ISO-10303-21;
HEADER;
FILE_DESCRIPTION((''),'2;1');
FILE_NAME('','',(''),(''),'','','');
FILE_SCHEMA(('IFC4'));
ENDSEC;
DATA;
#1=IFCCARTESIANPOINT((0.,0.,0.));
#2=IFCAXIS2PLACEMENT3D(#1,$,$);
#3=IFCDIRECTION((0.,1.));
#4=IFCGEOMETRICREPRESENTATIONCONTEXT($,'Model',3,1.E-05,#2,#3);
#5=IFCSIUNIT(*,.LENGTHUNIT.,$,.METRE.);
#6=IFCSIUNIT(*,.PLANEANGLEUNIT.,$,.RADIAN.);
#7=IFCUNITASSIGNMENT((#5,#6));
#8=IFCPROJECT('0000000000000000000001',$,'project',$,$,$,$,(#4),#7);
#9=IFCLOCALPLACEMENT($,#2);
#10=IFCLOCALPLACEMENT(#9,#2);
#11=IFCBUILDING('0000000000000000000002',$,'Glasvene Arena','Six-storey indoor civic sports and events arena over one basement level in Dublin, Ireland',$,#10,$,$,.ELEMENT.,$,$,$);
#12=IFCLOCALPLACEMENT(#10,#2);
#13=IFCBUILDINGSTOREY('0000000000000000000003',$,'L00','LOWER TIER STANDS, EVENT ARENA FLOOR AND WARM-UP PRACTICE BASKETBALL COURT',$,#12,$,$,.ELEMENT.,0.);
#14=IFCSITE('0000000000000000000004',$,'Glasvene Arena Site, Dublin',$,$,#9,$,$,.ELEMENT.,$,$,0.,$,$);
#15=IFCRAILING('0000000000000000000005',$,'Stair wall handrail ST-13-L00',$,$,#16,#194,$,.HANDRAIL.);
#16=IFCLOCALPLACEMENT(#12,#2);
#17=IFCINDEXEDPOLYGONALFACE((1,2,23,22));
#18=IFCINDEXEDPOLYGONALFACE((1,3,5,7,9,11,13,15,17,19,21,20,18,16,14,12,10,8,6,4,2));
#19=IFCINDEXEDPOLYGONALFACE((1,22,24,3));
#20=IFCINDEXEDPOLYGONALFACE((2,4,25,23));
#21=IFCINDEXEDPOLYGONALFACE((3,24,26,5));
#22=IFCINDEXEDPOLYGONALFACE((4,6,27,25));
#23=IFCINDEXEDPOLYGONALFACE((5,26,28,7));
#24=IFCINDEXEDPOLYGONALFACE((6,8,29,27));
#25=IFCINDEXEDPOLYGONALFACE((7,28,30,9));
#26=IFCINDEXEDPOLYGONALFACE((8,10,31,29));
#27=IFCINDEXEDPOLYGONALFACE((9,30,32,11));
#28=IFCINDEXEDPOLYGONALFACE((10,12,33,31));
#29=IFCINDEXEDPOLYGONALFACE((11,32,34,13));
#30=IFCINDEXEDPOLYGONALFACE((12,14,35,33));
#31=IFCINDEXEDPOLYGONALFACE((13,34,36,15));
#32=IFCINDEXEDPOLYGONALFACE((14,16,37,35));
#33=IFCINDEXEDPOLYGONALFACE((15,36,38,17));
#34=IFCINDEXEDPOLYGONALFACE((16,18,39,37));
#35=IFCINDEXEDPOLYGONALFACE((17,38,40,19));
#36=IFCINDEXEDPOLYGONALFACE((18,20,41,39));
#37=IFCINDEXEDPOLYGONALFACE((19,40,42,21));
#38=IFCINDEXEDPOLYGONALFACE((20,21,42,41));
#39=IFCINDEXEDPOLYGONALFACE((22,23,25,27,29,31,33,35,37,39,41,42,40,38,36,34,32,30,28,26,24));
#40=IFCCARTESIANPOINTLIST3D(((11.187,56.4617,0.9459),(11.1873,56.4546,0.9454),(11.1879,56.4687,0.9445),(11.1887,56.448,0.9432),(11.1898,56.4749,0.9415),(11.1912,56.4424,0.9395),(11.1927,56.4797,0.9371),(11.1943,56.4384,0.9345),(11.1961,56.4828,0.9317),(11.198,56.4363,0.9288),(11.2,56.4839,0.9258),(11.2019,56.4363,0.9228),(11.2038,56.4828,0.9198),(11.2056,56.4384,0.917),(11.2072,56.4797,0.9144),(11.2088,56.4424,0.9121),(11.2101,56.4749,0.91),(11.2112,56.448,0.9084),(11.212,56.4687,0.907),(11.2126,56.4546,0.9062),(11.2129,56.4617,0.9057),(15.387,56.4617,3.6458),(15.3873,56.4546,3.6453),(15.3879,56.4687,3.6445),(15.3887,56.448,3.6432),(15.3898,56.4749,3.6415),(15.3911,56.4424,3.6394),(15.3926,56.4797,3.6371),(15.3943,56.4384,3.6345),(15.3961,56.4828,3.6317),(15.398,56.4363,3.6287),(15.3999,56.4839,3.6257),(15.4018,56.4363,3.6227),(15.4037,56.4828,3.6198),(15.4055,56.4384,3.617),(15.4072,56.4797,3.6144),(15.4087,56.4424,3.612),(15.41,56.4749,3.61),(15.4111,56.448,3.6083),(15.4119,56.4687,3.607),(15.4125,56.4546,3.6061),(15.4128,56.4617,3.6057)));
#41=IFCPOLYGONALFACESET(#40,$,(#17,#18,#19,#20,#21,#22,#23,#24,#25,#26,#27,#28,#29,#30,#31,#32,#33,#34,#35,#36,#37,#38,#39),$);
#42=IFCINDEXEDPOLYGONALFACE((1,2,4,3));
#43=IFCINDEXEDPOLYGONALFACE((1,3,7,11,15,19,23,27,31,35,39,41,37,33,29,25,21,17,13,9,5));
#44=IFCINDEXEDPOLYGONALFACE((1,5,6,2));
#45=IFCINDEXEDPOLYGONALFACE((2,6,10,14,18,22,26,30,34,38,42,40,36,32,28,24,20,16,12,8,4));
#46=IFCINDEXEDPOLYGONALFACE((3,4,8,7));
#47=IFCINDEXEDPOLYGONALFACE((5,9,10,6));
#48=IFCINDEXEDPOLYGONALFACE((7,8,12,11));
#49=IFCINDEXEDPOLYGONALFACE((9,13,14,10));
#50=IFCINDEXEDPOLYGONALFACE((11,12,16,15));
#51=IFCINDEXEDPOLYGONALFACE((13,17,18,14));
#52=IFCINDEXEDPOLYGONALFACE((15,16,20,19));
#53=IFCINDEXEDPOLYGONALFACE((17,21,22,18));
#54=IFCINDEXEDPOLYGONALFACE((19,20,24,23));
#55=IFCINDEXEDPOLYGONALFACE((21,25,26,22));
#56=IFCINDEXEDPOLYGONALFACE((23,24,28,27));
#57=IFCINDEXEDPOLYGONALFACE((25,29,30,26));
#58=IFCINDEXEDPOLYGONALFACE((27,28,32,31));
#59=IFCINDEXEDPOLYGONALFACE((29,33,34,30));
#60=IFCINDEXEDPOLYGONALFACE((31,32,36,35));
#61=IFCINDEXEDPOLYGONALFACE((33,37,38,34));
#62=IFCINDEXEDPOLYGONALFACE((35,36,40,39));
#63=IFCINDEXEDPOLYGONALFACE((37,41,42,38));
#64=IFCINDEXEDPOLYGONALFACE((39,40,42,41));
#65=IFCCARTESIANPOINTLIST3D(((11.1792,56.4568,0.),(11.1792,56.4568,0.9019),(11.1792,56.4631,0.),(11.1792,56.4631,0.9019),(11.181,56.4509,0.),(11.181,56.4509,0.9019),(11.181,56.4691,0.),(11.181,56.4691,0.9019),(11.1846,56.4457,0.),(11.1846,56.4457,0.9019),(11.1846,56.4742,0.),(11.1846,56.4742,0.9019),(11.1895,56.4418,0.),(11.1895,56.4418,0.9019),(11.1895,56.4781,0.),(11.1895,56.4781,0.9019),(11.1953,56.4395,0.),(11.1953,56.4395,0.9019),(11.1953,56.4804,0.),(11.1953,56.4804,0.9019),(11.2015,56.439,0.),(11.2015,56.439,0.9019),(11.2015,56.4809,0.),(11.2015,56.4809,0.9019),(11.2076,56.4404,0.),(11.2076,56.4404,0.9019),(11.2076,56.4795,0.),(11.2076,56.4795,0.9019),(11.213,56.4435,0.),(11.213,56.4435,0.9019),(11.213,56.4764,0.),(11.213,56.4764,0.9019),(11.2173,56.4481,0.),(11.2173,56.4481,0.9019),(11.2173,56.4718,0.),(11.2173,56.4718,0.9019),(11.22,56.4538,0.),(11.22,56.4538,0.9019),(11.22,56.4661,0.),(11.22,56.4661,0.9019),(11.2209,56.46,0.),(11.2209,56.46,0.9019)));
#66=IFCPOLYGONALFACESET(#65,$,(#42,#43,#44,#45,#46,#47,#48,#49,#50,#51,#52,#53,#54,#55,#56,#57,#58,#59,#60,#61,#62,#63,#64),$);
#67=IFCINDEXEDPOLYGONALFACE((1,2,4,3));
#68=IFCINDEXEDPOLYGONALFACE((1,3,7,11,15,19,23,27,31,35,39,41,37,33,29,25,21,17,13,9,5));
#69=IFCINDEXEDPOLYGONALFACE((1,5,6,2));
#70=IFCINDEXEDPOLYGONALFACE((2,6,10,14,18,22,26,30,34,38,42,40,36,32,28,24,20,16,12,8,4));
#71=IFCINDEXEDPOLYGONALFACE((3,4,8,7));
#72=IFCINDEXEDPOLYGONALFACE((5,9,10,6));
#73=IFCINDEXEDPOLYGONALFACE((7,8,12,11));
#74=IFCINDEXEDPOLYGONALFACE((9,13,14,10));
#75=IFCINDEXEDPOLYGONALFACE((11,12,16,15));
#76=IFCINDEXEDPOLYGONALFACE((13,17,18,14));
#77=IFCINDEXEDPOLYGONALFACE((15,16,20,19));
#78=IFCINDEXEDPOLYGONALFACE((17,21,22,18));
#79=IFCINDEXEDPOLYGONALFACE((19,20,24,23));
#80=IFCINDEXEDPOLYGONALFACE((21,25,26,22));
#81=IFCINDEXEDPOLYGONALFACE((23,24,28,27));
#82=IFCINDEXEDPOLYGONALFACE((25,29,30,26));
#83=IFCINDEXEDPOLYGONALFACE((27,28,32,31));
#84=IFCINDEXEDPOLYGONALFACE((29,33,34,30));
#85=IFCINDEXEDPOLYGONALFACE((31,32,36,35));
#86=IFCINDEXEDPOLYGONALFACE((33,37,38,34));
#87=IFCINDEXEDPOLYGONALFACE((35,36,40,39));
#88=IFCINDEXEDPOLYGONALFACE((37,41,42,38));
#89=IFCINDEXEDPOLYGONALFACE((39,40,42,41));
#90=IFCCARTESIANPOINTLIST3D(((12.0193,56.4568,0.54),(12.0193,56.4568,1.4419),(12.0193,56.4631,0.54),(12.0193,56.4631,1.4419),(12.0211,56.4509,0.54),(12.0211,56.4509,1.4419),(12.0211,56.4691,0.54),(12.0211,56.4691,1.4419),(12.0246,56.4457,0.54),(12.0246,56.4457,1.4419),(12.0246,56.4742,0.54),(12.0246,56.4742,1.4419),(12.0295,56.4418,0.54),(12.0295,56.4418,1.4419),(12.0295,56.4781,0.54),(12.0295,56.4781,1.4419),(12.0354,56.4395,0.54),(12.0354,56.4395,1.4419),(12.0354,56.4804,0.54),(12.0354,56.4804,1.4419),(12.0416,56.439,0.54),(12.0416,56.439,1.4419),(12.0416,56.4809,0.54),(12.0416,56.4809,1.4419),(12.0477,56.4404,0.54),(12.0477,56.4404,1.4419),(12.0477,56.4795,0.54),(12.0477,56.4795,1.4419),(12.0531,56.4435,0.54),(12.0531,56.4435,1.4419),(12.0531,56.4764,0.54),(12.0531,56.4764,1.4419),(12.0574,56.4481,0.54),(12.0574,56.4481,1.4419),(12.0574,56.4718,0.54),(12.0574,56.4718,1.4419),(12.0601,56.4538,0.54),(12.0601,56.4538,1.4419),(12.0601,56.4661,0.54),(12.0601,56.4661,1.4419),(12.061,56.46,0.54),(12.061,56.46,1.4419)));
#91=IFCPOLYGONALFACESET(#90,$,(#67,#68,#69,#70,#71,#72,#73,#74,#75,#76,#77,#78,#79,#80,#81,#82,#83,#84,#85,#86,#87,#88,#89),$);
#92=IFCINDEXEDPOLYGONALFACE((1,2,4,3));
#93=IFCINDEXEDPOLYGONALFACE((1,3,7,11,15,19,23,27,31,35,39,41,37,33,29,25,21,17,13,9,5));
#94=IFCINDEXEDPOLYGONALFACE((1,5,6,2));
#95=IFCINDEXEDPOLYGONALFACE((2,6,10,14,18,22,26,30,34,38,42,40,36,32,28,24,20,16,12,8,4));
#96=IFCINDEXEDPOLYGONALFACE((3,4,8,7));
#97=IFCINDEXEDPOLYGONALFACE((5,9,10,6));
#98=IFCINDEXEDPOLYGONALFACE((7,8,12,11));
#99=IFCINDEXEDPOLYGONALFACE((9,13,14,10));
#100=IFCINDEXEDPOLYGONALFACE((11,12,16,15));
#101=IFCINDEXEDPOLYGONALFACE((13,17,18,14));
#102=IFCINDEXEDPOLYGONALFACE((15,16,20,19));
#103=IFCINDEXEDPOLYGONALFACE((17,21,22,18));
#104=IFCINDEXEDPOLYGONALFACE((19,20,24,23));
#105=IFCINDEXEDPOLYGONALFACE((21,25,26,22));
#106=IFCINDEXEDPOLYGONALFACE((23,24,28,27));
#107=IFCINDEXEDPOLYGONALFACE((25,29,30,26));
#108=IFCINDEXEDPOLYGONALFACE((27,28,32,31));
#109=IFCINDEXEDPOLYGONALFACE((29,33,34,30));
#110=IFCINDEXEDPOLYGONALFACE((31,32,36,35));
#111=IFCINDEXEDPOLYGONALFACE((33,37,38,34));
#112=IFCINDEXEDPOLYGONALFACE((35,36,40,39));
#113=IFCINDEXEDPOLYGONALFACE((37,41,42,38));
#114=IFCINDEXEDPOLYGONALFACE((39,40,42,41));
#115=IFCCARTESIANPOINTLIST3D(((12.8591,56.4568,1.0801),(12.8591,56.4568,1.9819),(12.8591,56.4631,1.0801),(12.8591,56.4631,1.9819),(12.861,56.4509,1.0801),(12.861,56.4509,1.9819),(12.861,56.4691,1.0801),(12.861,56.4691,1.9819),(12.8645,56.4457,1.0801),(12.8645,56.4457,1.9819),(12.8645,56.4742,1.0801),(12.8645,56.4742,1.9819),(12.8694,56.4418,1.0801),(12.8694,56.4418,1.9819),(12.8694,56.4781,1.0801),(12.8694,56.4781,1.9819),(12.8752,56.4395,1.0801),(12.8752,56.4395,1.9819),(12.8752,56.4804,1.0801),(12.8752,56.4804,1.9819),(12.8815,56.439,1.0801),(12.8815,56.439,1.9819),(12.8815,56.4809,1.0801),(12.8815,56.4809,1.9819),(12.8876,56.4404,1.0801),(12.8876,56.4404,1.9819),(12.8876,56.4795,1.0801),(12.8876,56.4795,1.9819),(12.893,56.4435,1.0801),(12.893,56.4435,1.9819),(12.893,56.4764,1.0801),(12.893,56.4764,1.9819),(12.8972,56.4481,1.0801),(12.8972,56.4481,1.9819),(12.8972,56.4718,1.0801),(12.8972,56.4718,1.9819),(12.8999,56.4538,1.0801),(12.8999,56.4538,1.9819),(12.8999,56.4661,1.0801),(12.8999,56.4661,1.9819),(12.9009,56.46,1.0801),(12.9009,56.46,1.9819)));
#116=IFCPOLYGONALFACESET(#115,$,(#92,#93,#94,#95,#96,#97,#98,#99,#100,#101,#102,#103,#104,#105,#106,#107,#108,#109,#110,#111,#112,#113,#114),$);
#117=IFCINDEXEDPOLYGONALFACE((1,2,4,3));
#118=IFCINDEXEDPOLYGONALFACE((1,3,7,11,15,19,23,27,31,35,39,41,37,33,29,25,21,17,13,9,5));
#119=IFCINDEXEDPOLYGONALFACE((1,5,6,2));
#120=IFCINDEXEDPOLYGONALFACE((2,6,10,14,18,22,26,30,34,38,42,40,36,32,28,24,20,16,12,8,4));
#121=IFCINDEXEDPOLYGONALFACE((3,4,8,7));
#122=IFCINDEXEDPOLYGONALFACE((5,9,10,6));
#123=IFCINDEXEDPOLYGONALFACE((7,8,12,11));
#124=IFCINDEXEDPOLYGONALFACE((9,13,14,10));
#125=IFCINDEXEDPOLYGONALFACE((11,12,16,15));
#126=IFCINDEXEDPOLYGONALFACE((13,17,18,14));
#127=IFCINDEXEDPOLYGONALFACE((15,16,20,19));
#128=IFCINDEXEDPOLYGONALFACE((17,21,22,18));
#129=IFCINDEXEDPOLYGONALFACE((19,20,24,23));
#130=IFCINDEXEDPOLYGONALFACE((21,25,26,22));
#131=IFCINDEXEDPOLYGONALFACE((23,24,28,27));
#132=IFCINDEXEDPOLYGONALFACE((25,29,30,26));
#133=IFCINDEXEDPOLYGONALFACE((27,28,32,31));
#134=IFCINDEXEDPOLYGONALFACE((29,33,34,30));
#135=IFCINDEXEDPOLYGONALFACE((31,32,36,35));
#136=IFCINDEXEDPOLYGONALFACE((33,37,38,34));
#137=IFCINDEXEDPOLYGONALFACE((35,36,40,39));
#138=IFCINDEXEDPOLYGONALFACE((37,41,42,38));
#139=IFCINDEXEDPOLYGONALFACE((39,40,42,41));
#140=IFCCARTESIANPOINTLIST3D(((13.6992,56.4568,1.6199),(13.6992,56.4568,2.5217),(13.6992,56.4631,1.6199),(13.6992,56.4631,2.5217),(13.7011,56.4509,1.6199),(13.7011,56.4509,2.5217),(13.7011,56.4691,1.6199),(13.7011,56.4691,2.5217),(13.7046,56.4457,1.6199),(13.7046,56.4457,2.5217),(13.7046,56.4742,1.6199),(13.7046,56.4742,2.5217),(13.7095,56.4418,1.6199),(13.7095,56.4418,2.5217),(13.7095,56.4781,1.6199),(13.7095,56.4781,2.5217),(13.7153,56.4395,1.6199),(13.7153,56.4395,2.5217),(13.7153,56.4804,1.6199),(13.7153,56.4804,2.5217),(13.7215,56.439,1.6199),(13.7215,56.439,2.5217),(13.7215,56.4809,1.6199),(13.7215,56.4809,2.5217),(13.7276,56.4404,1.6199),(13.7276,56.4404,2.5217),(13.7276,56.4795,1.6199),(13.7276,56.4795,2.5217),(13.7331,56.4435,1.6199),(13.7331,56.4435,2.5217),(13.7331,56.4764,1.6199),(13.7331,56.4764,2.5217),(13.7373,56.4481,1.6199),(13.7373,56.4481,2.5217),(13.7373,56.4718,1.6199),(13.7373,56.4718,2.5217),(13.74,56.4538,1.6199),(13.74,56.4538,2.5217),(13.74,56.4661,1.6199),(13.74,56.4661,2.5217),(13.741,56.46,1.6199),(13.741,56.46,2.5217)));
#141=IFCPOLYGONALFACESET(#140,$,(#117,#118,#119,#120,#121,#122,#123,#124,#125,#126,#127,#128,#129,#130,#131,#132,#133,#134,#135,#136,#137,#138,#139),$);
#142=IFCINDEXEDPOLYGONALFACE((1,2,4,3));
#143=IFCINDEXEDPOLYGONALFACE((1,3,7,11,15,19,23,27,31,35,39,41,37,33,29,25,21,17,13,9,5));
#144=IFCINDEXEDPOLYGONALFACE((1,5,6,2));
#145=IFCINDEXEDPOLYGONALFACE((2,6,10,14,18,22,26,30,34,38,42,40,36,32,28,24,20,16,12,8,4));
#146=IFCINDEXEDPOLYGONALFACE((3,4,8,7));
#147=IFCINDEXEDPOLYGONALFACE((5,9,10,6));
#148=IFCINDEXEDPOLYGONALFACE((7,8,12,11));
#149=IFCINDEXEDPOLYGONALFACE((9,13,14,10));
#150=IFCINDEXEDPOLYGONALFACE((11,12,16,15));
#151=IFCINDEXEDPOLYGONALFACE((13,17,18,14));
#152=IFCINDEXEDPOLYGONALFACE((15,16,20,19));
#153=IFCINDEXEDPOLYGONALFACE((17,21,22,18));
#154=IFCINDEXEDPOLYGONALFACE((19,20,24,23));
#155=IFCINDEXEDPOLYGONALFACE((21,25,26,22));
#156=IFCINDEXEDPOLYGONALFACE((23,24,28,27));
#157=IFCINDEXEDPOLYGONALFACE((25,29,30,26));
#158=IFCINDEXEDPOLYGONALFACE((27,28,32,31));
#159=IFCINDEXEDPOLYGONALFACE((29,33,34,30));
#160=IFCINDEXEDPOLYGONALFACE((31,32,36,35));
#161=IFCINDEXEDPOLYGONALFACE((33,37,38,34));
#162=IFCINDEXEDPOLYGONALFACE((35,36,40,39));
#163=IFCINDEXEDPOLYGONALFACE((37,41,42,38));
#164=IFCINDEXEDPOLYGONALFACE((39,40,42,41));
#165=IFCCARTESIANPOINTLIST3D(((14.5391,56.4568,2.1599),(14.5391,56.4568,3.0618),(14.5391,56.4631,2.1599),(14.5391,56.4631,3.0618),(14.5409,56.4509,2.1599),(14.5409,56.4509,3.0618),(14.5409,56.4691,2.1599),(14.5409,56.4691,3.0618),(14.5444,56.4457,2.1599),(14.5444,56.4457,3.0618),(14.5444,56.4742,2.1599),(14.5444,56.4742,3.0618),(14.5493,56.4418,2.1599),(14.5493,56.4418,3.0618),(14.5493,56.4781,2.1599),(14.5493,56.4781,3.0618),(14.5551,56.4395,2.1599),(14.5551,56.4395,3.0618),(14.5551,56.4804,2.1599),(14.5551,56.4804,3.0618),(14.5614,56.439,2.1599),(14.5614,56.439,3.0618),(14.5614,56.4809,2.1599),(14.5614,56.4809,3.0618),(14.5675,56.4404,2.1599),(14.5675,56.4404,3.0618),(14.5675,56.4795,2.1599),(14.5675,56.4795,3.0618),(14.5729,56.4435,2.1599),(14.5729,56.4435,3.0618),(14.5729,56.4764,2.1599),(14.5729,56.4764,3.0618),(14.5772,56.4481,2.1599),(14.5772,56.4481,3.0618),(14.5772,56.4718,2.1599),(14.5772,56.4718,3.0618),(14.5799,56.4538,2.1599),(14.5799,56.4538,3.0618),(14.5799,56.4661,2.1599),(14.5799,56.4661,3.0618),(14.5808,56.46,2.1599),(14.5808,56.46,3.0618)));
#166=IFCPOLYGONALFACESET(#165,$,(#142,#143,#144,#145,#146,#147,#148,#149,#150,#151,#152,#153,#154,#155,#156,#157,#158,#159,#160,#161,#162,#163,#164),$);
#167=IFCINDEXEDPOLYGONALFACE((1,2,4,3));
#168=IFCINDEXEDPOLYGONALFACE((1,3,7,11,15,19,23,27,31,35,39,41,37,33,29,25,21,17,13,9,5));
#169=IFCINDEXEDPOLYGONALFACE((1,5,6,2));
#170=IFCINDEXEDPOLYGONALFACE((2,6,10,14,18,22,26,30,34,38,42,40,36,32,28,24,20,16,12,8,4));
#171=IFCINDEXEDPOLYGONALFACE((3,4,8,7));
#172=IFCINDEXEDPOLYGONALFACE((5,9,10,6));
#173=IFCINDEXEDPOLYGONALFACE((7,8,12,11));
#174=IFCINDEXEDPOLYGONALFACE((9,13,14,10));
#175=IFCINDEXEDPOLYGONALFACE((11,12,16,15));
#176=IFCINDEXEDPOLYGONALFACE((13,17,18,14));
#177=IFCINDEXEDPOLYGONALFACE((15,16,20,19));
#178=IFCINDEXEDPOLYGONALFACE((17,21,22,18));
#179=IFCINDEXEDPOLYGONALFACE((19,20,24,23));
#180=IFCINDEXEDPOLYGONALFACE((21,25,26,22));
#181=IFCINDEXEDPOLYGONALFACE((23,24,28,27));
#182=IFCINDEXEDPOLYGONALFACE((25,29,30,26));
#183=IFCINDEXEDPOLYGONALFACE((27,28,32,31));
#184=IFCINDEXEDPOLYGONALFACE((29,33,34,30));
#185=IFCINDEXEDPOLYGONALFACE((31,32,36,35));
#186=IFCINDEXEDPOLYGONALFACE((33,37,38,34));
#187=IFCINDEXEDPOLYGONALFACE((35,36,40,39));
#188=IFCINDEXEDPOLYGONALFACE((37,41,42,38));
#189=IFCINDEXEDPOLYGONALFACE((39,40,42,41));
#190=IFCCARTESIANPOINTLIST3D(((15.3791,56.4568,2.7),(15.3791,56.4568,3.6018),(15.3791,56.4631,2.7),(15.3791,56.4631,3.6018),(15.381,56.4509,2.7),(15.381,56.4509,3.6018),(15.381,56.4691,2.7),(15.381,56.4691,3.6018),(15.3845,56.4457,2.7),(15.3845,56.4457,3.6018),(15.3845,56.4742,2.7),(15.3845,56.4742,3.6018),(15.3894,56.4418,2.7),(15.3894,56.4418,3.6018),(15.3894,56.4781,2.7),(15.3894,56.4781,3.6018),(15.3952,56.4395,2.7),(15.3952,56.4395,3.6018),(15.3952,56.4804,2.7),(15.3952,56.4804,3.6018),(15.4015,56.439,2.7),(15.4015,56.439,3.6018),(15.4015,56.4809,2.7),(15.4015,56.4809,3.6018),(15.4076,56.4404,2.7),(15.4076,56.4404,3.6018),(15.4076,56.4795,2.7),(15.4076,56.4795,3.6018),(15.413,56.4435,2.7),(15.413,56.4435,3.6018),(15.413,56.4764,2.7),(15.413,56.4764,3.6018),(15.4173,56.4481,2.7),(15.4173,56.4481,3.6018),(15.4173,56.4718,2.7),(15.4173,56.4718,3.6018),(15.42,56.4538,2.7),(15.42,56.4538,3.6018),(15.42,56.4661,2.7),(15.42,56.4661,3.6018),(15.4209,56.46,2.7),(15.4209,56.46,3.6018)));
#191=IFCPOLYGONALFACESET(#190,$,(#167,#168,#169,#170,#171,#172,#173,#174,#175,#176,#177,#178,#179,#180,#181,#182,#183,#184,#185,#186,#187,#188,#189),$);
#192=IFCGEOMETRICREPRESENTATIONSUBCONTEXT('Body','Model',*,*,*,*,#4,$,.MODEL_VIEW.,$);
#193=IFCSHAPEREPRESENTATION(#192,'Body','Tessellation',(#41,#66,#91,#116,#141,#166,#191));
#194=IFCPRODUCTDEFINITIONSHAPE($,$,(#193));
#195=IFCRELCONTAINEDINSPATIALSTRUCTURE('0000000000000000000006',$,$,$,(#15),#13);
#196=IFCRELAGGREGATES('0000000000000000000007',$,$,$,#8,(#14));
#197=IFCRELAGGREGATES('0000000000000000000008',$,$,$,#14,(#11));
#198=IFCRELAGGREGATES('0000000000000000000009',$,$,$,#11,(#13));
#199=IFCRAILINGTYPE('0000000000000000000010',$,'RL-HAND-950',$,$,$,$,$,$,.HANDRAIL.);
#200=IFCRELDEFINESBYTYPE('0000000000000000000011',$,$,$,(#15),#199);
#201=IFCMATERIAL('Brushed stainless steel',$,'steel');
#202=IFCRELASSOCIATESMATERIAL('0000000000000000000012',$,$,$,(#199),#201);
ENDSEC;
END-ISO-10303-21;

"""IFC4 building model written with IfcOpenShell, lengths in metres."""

from ifc_helpers import new_model, si_unit, direction, frame, origin, origin_2d, place, context, subcontext, project, spatial, circle, extrude, material, type_object, element, save


model = new_model("IFC4")

# Units and contexts
model_context = context("Model", 3, precision=1e-05, world=origin(), true_north=direction((0.0, 1.0)))
body_context = subcontext(model_context, "Body", "Model", "MODEL_VIEW")
ifc_project = project(units=[si_unit("LENGTHUNIT", "METRE"), si_unit("PLANEANGLEUNIT", "RADIAN")], contexts=[model_context])

# Site, building, storey
site_placement = place(None, origin())
site = spatial("IfcSite", under=ifc_project, at=site_placement, Name="Glasvene Arena Site, Dublin", CompositionType="ELEMENT", RefElevation=0.0)
building_placement = place(site_placement, origin())
building = spatial("IfcBuilding", under=site, at=building_placement, Name="Glasvene Arena", Description="Six-storey indoor civic sports and events arena over one basement level in Dublin, Ireland", CompositionType="ELEMENT")
storey_placement = place(building_placement, origin())
storey = spatial("IfcBuildingStorey", under=building, at=storey_placement, Name="L00", Description="LOWER TIER STANDS, EVENT ARENA FLOOR AND WARM-UP PRACTICE BASKETBALL COURT", CompositionType="ELEMENT", Elevation=0.0)

# Railing
ifc_material_1 = material(Name="Brushed stainless steel", Category="steel")
railing_type_1 = type_object("IfcRailingType", Name="RL-HAND-950", PredefinedType="HANDRAIL", material=ifc_material_1)
railing_1_placement = place(storey_placement, frame((11.2, 56.46, 0.0)))
element("IfcRailing", 1, at=railing_1_placement, inside=storey, type_object=railing_type_1, Name="Stair wall handrail ST-13-L00", PredefinedType="HANDRAIL", context=body_context, shape_type="SweptSolid", body=[
    extrude(circle(Radius=0.0239, at=origin_2d()), frame((0.0, 0.0, 0.9258), z_axis=(0.84118, 0.0, 0.540755), x_axis=(0.0, 1.0, 0.0)), (0.0, 0.0, 1.0), 4.9929),
    extrude(circle(Radius=0.021, at=origin_2d()), origin(), (0.0, 0.0, 1.0), 0.9019),
    extrude(circle(Radius=0.021, at=origin_2d()), frame((0.8401, 0.0, 0.54)), (0.0, 0.0, 1.0), 0.9019),
    extrude(circle(Radius=0.021, at=origin_2d()), frame((1.6799, 0.0, 1.0801)), (0.0, 0.0, 1.0), 0.9019),
    extrude(circle(Radius=0.021, at=origin_2d()), frame((2.52, 0.0, 1.6199)), (0.0, 0.0, 1.0), 0.9019),
    extrude(circle(Radius=0.021, at=origin_2d()), frame((3.3599, 0.0, 2.1599)), (0.0, 0.0, 1.0), 0.9019),
    extrude(circle(Radius=0.021, at=origin_2d()), frame((4.2, 0.0, 2.7)), (0.0, 0.0, 1.0), 0.9019),
])

save(model, "model.ifc")
